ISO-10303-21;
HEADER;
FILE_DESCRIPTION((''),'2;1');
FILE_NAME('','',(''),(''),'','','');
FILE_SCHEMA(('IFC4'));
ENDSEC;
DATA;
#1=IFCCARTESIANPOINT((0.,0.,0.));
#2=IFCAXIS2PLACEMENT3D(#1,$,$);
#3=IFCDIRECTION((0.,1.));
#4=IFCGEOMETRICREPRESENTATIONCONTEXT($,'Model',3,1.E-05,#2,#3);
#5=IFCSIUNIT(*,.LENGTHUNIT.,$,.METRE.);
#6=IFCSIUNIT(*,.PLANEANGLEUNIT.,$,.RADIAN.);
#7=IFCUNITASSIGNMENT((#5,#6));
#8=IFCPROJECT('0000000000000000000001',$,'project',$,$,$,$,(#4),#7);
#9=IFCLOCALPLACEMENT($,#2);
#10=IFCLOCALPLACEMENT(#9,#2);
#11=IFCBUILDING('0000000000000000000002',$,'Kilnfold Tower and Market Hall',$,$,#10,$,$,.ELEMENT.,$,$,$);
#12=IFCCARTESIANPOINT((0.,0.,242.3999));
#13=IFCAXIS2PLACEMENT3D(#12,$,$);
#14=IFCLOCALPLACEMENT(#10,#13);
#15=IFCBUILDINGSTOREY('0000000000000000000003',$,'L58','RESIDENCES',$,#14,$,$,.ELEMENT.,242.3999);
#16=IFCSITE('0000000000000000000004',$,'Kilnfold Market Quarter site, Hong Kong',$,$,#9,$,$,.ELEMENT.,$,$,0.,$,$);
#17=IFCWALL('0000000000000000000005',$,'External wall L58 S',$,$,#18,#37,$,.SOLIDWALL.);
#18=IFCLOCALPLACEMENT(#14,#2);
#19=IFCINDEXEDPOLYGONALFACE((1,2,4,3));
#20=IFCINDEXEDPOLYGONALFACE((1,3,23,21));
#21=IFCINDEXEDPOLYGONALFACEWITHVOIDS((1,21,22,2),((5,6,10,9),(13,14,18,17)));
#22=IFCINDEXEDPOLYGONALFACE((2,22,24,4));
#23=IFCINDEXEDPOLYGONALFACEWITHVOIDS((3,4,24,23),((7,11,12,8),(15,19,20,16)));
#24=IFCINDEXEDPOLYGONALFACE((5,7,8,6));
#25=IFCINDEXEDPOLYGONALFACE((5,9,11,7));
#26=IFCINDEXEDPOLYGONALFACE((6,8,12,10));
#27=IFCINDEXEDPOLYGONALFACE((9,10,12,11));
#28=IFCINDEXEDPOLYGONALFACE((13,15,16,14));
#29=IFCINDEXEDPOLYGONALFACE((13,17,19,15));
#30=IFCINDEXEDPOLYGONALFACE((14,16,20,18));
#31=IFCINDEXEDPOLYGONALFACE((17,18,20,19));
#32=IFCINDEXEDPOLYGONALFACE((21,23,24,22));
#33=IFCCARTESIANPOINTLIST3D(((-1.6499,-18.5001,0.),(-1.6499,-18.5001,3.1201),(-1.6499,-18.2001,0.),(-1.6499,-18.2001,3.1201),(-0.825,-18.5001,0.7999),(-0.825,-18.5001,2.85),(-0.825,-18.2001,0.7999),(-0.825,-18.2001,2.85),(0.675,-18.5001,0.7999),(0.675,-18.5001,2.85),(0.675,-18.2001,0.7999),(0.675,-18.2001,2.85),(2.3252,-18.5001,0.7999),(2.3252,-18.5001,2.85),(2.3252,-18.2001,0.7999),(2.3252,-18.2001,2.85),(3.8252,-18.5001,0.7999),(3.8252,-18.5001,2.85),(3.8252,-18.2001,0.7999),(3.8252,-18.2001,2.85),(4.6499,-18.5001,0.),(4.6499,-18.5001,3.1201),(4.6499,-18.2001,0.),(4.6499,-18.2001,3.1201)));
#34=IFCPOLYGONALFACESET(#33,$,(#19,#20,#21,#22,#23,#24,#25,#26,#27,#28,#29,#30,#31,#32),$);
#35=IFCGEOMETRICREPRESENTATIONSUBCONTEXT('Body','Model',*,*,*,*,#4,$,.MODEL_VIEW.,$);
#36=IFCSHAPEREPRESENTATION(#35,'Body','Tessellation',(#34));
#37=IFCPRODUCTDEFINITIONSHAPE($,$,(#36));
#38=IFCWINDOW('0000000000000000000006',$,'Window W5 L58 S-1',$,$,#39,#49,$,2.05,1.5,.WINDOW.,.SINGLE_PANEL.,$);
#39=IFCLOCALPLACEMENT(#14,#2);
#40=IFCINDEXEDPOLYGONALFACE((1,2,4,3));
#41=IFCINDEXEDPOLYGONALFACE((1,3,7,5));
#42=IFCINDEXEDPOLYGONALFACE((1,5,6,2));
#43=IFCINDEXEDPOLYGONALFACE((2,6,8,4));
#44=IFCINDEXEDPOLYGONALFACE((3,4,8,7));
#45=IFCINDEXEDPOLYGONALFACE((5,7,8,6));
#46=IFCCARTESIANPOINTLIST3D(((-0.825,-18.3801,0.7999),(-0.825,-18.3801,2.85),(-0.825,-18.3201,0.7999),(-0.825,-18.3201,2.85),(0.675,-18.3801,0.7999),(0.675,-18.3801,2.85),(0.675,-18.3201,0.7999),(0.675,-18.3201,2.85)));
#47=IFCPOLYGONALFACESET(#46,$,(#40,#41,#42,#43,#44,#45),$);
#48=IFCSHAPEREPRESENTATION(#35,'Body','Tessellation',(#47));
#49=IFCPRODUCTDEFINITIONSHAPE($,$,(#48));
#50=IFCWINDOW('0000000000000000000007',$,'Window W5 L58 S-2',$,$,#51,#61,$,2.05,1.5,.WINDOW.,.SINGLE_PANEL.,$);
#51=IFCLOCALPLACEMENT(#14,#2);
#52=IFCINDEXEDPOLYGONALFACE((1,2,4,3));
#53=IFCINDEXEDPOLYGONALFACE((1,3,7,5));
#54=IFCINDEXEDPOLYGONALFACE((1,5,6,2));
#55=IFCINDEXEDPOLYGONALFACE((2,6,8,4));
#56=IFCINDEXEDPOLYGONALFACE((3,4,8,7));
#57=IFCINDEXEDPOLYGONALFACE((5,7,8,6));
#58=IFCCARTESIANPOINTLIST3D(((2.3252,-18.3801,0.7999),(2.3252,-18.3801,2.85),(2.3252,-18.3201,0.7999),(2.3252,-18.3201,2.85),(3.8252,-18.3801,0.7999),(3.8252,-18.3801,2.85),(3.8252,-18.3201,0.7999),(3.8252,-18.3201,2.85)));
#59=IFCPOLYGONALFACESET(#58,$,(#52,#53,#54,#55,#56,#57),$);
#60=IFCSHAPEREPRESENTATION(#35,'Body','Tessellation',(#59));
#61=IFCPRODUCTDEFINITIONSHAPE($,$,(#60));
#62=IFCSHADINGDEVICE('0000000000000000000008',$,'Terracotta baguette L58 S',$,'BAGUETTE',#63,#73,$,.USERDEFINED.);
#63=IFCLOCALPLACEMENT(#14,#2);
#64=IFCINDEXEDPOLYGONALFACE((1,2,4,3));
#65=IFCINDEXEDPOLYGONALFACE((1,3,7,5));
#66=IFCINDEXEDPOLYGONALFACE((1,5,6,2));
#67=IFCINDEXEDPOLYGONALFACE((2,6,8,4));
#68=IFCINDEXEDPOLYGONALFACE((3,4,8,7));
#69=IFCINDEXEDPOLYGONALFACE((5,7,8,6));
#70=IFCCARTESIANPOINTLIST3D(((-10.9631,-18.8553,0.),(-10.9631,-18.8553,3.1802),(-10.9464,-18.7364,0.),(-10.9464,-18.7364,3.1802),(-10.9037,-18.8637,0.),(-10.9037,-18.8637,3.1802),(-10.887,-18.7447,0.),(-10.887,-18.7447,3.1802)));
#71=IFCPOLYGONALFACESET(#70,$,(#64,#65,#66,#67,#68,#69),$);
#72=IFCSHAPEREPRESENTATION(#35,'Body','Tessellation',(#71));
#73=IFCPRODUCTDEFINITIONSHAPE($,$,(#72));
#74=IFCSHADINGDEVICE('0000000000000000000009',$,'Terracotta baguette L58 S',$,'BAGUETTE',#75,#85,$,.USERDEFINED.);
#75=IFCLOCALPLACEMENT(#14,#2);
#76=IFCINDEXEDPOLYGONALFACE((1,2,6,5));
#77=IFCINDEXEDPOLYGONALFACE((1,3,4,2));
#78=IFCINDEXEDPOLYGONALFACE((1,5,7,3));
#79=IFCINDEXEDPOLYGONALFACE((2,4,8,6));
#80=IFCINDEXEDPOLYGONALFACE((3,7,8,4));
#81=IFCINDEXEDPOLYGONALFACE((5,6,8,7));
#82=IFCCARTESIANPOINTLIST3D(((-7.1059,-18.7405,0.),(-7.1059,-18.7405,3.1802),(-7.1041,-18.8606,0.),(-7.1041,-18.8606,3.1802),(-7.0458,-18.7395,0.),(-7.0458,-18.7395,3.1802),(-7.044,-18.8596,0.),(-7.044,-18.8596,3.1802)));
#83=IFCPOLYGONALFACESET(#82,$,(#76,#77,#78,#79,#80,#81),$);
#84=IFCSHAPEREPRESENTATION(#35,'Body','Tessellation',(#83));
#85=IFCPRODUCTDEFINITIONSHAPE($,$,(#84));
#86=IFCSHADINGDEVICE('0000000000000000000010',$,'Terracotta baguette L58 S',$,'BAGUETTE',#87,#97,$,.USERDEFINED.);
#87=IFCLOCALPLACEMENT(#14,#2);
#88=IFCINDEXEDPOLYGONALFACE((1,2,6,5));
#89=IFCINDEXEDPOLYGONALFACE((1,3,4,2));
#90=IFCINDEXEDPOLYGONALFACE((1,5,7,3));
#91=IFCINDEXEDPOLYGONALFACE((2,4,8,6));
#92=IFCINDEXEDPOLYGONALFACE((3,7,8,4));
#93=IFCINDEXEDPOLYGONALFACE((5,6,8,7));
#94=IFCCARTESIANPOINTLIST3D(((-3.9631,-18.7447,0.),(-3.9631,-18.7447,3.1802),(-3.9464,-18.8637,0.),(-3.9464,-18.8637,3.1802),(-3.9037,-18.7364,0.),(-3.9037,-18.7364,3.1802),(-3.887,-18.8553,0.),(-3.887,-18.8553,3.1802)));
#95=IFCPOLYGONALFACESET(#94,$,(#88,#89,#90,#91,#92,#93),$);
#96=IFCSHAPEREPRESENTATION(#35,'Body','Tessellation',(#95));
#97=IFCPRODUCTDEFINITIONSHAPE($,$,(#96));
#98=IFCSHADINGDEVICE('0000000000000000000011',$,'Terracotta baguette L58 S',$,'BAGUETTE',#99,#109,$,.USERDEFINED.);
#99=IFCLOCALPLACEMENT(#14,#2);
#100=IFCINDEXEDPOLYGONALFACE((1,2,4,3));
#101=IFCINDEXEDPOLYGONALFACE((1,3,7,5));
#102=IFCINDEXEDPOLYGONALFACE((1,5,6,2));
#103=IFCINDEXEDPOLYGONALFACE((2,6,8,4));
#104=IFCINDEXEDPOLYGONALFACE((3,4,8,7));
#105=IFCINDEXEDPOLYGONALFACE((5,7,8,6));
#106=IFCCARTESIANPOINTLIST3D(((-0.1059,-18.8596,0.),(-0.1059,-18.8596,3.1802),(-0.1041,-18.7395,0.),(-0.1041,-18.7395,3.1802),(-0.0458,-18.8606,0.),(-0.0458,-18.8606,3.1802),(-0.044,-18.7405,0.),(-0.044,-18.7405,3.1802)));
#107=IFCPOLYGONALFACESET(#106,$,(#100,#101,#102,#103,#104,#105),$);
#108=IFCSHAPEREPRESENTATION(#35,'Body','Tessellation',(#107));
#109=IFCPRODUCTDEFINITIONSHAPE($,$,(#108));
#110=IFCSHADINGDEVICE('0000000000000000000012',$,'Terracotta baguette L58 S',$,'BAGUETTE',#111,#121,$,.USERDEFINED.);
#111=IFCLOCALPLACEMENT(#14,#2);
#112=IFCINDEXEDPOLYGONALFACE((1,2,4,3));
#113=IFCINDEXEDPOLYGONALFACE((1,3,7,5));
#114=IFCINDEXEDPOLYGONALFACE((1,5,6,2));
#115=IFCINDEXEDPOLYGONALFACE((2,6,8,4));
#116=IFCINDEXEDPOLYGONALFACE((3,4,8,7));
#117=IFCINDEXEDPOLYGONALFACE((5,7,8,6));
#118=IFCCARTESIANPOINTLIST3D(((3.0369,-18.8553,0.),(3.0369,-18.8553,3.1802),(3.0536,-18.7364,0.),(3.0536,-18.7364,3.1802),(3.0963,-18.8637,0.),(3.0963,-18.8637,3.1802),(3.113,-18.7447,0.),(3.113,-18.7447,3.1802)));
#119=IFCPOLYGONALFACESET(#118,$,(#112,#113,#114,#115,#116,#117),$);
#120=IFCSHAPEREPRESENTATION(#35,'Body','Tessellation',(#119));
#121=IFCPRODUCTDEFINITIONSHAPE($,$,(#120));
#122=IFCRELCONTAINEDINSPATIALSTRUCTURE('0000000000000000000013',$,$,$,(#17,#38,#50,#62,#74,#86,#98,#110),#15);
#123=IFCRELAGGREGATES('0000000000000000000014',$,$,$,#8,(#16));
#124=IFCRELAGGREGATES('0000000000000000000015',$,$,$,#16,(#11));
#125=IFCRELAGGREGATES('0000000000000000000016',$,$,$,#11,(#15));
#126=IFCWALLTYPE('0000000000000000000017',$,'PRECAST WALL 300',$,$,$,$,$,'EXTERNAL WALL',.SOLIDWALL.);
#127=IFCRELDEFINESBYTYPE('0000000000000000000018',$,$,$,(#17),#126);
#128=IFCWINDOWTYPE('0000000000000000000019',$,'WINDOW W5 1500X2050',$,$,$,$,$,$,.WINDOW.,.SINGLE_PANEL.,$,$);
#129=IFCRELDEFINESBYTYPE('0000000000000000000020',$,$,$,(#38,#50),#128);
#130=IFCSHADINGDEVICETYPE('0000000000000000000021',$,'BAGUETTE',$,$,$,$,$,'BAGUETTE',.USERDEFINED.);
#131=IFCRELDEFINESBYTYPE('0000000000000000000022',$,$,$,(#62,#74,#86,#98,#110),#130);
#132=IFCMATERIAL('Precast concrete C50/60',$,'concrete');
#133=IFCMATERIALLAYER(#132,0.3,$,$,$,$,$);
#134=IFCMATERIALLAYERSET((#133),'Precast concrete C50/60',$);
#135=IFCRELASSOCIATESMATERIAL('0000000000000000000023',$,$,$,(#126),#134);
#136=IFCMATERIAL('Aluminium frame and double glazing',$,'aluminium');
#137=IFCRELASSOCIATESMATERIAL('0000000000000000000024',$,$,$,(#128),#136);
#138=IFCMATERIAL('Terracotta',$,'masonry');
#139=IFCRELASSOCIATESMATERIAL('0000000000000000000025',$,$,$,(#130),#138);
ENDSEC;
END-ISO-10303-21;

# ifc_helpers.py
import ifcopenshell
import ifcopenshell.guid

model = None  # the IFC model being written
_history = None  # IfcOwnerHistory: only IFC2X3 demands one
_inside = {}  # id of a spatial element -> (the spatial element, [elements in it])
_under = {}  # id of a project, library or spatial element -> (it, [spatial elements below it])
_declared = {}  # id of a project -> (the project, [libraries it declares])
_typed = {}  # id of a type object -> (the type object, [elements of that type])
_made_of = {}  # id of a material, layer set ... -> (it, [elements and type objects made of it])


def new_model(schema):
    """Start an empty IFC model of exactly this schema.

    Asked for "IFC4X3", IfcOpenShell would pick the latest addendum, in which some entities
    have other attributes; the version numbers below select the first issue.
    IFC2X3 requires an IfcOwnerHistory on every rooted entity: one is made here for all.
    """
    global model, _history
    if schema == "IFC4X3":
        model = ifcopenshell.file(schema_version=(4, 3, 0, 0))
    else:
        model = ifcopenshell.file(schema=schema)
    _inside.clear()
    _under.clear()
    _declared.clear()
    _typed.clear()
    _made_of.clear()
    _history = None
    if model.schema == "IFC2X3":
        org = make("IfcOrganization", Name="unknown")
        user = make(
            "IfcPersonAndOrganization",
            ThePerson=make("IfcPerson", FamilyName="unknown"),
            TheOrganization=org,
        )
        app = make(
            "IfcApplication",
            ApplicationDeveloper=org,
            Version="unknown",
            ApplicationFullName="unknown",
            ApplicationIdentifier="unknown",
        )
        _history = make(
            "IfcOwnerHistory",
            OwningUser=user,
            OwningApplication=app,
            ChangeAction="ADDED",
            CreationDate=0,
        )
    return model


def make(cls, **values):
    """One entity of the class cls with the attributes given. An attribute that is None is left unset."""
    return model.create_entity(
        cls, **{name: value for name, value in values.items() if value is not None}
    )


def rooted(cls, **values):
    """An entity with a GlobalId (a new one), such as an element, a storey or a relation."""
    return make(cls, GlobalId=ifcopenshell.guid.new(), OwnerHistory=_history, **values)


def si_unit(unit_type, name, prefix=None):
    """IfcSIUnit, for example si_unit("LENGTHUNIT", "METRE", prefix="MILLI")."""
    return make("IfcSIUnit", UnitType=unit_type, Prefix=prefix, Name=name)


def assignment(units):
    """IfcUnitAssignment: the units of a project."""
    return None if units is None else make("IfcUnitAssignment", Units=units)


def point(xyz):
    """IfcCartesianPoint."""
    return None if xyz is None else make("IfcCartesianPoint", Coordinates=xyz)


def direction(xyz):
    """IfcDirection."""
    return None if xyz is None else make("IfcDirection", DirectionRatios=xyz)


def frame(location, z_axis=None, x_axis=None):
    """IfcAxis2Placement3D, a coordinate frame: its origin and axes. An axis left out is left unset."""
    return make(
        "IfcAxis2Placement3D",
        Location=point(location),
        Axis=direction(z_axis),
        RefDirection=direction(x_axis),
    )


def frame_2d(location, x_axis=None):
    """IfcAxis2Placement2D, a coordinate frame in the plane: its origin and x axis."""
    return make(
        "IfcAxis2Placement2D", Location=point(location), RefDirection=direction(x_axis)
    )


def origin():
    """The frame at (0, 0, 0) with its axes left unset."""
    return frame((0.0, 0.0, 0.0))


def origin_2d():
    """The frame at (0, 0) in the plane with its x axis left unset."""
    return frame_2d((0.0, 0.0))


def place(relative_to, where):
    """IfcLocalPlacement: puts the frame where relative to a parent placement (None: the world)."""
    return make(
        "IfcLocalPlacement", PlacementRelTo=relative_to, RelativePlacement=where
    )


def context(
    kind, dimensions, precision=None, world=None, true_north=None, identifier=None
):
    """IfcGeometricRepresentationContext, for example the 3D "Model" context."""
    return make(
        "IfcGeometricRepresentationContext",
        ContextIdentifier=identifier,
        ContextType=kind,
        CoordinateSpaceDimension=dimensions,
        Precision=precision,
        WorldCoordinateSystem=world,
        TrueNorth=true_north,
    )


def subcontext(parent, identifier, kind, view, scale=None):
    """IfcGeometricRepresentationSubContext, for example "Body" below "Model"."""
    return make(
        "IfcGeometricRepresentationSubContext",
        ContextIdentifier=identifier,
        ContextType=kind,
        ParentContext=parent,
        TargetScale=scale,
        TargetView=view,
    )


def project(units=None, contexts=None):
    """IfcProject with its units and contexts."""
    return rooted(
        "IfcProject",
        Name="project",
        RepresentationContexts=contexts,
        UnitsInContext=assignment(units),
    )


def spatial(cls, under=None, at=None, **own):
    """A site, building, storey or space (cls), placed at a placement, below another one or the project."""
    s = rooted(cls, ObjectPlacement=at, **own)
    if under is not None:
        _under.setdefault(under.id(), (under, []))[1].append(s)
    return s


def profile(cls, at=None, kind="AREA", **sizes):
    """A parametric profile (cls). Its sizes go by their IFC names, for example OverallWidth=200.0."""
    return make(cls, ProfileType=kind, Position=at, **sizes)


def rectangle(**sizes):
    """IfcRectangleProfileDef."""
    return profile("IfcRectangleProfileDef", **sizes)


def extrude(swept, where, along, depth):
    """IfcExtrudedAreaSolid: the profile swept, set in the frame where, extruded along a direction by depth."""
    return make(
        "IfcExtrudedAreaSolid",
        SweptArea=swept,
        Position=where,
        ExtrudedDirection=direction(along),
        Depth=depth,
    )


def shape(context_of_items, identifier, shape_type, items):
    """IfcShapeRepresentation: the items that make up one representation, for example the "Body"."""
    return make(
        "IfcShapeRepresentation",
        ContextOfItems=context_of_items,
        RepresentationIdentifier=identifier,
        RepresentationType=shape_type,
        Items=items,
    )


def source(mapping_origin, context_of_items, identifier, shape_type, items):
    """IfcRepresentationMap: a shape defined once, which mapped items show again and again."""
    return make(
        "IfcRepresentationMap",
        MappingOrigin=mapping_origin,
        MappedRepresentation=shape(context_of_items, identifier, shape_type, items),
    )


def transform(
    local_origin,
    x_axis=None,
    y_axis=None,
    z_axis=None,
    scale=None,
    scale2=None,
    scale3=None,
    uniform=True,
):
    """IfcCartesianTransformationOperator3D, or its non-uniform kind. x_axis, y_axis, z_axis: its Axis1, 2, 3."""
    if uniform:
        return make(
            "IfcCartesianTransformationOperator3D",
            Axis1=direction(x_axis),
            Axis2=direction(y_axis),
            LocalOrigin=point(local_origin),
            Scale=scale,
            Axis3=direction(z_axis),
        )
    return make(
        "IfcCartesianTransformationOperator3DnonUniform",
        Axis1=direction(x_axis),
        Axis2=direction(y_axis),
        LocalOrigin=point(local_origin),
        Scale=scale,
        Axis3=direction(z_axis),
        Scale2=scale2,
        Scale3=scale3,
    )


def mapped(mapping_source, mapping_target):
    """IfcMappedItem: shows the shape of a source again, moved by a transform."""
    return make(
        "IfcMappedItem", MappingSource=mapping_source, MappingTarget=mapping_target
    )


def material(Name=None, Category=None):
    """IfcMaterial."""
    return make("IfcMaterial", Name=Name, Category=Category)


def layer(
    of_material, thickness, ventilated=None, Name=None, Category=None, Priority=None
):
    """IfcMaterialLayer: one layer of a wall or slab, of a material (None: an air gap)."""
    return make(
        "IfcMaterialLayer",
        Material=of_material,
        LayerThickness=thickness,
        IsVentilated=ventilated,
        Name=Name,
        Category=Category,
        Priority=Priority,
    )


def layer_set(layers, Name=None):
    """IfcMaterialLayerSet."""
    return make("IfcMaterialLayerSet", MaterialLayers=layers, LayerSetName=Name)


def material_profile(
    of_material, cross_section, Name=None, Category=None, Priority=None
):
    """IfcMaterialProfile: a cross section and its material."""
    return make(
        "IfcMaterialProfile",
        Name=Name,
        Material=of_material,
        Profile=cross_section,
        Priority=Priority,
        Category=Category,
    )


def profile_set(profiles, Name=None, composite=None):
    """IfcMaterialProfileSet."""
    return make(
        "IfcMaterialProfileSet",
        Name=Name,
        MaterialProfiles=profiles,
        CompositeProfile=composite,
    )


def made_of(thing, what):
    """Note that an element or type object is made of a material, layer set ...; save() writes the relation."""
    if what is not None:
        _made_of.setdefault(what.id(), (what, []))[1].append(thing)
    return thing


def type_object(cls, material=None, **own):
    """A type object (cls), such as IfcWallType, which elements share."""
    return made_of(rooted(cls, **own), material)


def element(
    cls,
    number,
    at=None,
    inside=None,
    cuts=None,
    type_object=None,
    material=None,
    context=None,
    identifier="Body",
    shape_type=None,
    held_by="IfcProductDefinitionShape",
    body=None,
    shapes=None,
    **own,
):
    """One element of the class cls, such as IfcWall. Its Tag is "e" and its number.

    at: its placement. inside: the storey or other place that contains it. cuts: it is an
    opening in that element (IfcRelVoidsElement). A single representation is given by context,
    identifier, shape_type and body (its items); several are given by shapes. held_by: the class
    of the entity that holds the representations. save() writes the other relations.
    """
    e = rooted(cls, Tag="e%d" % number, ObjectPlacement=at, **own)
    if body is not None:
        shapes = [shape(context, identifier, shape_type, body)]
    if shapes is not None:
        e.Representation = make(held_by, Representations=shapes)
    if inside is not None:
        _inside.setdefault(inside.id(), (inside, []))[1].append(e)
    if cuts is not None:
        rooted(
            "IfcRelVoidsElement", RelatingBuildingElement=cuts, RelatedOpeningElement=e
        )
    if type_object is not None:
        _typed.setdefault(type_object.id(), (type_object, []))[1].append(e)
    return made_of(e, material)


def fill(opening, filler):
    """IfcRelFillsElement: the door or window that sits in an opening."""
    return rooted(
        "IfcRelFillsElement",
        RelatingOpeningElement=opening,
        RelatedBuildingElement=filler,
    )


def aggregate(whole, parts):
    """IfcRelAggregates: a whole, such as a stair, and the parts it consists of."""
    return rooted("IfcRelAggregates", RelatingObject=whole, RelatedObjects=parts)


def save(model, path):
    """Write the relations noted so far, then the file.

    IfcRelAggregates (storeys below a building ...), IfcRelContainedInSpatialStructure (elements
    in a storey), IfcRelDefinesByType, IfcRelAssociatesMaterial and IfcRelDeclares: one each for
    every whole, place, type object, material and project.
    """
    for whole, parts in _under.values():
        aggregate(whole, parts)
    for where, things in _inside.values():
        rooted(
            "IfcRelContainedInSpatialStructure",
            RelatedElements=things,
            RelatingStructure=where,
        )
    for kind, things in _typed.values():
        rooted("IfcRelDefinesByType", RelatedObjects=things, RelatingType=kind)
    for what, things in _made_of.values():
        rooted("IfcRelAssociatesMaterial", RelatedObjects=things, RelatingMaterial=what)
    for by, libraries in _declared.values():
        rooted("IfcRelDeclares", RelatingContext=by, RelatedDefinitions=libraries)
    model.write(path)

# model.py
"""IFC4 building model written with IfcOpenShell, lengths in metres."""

from ifc_helpers import new_model, si_unit, direction, frame, frame_2d, origin, origin_2d, place, context, subcontext, project, spatial, rectangle, extrude, source, transform, mapped, material, layer, layer_set, material_profile, profile_set, type_object, element, fill, save


model = new_model("IFC4")

# Units and contexts
model_context = context("Model", 3, precision=1e-05, world=origin(), true_north=direction((0.0, 1.0)))
body_context = subcontext(model_context, "Body", "Model", "MODEL_VIEW")
ifc_project = project(units=[si_unit("LENGTHUNIT", "METRE"), si_unit("PLANEANGLEUNIT", "RADIAN")], contexts=[model_context])

# Site, building, storey
site_placement = place(None, origin())
site = spatial("IfcSite", under=ifc_project, at=site_placement, Name="Kilnfold Market Quarter site, Hong Kong", CompositionType="ELEMENT", RefElevation=0.0)
building_placement = place(site_placement, origin())
building = spatial("IfcBuilding", under=site, at=building_placement, Name="Kilnfold Tower and Market Hall", CompositionType="ELEMENT")
storey_placement = place(building_placement, frame((0.0, 0.0, 242.3999)))
storey = spatial("IfcBuildingStorey", under=building, at=storey_placement, Name="L58", Description="RESIDENCES", CompositionType="ELEMENT", Elevation=242.3999)

# Wall, openings, windows
ifc_material_1 = material(Name="Precast concrete C50/60", Category="concrete")
ifc_layer_1 = layer(ifc_material_1, 0.3)
ifc_layer_set_1 = layer_set([ifc_layer_1], Name="Precast concrete C50/60")
wall_type_1 = type_object("IfcWallType", Name="PRECAST WALL 300", ElementType="EXTERNAL WALL", PredefinedType="SOLIDWALL", material=ifc_layer_set_1)
shared_shape_1 = source(origin(), body_context, "Body", "SweptSolid", [
    extrude(rectangle(XDim=6.2998, YDim=0.3, at=frame_2d((3.1499, 0.0))), origin(), (0.0, 0.0, 1.0), 3.1201),
])
ifc_material_2 = material(Name="Aluminium frame and double glazing", Category="aluminium")
window_type = type_object("IfcWindowType", Name="WINDOW W5 1500X2050", PartitioningType="SINGLE_PANEL", PredefinedType="WINDOW", material=ifc_material_2)
wall_1_placement = place(storey_placement, frame((-1.6499, -18.3501, 0.0), z_axis=(0.0, 0.0, 1.0), x_axis=(1.0, 0.0, 0.0)))
wall_1 = element("IfcWall", 1, at=wall_1_placement, inside=storey, type_object=wall_type_1, Name="External wall L58 S", PredefinedType="SOLIDWALL", context=body_context, shape_type="MappedRepresentation", body=[
    mapped(shared_shape_1, transform((0.0, 0.0, 0.0))),
])
opening_1_placement = place(wall_1_placement, frame((0.825, 0.0, 0.8)))
opening_1 = element("IfcOpeningElement", 2, at=opening_1_placement, cuts=wall_1, PredefinedType="OPENING", context=body_context, shape_type="SweptSolid", body=[
    extrude(rectangle(XDim=1.5, YDim=2.05, at=frame_2d((0.75, 1.0249))), frame((0.0, 0.1602, 0.0), z_axis=(0.0, -1.0, 0.0), x_axis=(1.0, 0.0, 0.0)), (0.0, 0.0, 1.0), 0.3201),
])
opening_2_placement = place(wall_1_placement, frame((3.9751, 0.0, 0.8)))
opening_2 = element("IfcOpeningElement", 3, at=opening_2_placement, cuts=wall_1, PredefinedType="OPENING", context=body_context, shape_type="SweptSolid", body=[
    extrude(rectangle(XDim=1.5, YDim=2.05, at=frame_2d((0.75, 1.0249))), frame((0.0, 0.1602, 0.0), z_axis=(0.0, -1.0, 0.0), x_axis=(1.0, 0.0, 0.0)), (0.0, 0.0, 1.0), 0.3201),
])
window_1_placement = place(opening_1_placement, origin())
window_1 = element("IfcWindow", 4, at=window_1_placement, inside=storey, type_object=window_type, Name="Window W5 L58 S-1", OverallHeight=2.05, OverallWidth=1.5, PartitioningType="SINGLE_PANEL", PredefinedType="WINDOW", context=body_context, shape_type="SweptSolid", body=[
    extrude(rectangle(XDim=1.5, YDim=2.05, at=frame_2d((0.75, 1.0249))), frame((0.0, 0.03, 0.0), z_axis=(0.0, -1.0, 0.0), x_axis=(1.0, 0.0, 0.0)), (0.0, 0.0, 1.0), 0.0601),
])
fill(opening_1, window_1)
window_2_placement = place(opening_2_placement, origin())
window_2 = element("IfcWindow", 5, at=window_2_placement, inside=storey, type_object=window_type, Name="Window W5 L58 S-2", OverallHeight=2.05, OverallWidth=1.5, PartitioningType="SINGLE_PANEL", PredefinedType="WINDOW", context=body_context, shape_type="SweptSolid", body=[
    extrude(rectangle(XDim=1.5, YDim=2.05, at=frame_2d((0.75, 1.0249))), frame((0.0, 0.03, 0.0), z_axis=(0.0, -1.0, 0.0), x_axis=(1.0, 0.0, 0.0)), (0.0, 0.0, 1.0), 0.0601),
])
fill(opening_2, window_2)

# Shading devices
ifc_material_3 = material(Name="Terracotta", Category="masonry")
ifc_material_profile_1 = material_profile(ifc_material_3, rectangle(XDim=0.0601, YDim=0.1201, at=origin_2d()), Name="BAG 60x120")
ifc_profile_set_1 = profile_set([ifc_material_profile_1], Name="Terracotta")
shading_device_type = type_object("IfcShadingDeviceType", Name="BAGUETTE", ElementType="BAGUETTE", PredefinedType="USERDEFINED", material=ifc_profile_set_1)
shared_shape_2 = source(origin(), body_context, "Body", "SweptSolid", [
    extrude(rectangle(XDim=0.0601, YDim=0.1201, at=origin_2d()), origin(), (0.0, 0.0, 1.0), 3.1802),
])
for number, where, z_axis, x_axis, name in (
    (6, (-10.925, -18.8, 0.0), (0.0, 0.0, 1.0), (0.99029, -0.139019, 0.0), "Terracotta baguette L58 S"),
    (7, (-7.075, -18.8, 0.0), (0.0, 0.0, 1.0), (0.999883, 0.015322, 0.0), "Terracotta baguette L58 S"),
    (8, (-3.925, -18.8, 0.0), (0.0, 0.0, 1.0), (0.99029, 0.139019, 0.0), "Terracotta baguette L58 S"),
    (9, (-0.075, -18.8, 0.0), (0.0, 0.0, 1.0), (0.999883, -0.015322, 0.0), "Terracotta baguette L58 S"),
    (10, (3.075, -18.8, 0.0), (0.0, 0.0, 1.0), (0.99029, -0.139019, 0.0), "Terracotta baguette L58 S"),
):
    element("IfcShadingDevice", number, at=place(storey_placement, frame(where, z_axis=z_axis, x_axis=x_axis)), inside=storey, type_object=shading_device_type, Name=name, ObjectType="BAGUETTE", PredefinedType="USERDEFINED", context=body_context, shape_type="MappedRepresentation", body=[
        mapped(shared_shape_2, transform((0.0, 0.0, 0.0))),
    ])

save(model, "model.ifc")
